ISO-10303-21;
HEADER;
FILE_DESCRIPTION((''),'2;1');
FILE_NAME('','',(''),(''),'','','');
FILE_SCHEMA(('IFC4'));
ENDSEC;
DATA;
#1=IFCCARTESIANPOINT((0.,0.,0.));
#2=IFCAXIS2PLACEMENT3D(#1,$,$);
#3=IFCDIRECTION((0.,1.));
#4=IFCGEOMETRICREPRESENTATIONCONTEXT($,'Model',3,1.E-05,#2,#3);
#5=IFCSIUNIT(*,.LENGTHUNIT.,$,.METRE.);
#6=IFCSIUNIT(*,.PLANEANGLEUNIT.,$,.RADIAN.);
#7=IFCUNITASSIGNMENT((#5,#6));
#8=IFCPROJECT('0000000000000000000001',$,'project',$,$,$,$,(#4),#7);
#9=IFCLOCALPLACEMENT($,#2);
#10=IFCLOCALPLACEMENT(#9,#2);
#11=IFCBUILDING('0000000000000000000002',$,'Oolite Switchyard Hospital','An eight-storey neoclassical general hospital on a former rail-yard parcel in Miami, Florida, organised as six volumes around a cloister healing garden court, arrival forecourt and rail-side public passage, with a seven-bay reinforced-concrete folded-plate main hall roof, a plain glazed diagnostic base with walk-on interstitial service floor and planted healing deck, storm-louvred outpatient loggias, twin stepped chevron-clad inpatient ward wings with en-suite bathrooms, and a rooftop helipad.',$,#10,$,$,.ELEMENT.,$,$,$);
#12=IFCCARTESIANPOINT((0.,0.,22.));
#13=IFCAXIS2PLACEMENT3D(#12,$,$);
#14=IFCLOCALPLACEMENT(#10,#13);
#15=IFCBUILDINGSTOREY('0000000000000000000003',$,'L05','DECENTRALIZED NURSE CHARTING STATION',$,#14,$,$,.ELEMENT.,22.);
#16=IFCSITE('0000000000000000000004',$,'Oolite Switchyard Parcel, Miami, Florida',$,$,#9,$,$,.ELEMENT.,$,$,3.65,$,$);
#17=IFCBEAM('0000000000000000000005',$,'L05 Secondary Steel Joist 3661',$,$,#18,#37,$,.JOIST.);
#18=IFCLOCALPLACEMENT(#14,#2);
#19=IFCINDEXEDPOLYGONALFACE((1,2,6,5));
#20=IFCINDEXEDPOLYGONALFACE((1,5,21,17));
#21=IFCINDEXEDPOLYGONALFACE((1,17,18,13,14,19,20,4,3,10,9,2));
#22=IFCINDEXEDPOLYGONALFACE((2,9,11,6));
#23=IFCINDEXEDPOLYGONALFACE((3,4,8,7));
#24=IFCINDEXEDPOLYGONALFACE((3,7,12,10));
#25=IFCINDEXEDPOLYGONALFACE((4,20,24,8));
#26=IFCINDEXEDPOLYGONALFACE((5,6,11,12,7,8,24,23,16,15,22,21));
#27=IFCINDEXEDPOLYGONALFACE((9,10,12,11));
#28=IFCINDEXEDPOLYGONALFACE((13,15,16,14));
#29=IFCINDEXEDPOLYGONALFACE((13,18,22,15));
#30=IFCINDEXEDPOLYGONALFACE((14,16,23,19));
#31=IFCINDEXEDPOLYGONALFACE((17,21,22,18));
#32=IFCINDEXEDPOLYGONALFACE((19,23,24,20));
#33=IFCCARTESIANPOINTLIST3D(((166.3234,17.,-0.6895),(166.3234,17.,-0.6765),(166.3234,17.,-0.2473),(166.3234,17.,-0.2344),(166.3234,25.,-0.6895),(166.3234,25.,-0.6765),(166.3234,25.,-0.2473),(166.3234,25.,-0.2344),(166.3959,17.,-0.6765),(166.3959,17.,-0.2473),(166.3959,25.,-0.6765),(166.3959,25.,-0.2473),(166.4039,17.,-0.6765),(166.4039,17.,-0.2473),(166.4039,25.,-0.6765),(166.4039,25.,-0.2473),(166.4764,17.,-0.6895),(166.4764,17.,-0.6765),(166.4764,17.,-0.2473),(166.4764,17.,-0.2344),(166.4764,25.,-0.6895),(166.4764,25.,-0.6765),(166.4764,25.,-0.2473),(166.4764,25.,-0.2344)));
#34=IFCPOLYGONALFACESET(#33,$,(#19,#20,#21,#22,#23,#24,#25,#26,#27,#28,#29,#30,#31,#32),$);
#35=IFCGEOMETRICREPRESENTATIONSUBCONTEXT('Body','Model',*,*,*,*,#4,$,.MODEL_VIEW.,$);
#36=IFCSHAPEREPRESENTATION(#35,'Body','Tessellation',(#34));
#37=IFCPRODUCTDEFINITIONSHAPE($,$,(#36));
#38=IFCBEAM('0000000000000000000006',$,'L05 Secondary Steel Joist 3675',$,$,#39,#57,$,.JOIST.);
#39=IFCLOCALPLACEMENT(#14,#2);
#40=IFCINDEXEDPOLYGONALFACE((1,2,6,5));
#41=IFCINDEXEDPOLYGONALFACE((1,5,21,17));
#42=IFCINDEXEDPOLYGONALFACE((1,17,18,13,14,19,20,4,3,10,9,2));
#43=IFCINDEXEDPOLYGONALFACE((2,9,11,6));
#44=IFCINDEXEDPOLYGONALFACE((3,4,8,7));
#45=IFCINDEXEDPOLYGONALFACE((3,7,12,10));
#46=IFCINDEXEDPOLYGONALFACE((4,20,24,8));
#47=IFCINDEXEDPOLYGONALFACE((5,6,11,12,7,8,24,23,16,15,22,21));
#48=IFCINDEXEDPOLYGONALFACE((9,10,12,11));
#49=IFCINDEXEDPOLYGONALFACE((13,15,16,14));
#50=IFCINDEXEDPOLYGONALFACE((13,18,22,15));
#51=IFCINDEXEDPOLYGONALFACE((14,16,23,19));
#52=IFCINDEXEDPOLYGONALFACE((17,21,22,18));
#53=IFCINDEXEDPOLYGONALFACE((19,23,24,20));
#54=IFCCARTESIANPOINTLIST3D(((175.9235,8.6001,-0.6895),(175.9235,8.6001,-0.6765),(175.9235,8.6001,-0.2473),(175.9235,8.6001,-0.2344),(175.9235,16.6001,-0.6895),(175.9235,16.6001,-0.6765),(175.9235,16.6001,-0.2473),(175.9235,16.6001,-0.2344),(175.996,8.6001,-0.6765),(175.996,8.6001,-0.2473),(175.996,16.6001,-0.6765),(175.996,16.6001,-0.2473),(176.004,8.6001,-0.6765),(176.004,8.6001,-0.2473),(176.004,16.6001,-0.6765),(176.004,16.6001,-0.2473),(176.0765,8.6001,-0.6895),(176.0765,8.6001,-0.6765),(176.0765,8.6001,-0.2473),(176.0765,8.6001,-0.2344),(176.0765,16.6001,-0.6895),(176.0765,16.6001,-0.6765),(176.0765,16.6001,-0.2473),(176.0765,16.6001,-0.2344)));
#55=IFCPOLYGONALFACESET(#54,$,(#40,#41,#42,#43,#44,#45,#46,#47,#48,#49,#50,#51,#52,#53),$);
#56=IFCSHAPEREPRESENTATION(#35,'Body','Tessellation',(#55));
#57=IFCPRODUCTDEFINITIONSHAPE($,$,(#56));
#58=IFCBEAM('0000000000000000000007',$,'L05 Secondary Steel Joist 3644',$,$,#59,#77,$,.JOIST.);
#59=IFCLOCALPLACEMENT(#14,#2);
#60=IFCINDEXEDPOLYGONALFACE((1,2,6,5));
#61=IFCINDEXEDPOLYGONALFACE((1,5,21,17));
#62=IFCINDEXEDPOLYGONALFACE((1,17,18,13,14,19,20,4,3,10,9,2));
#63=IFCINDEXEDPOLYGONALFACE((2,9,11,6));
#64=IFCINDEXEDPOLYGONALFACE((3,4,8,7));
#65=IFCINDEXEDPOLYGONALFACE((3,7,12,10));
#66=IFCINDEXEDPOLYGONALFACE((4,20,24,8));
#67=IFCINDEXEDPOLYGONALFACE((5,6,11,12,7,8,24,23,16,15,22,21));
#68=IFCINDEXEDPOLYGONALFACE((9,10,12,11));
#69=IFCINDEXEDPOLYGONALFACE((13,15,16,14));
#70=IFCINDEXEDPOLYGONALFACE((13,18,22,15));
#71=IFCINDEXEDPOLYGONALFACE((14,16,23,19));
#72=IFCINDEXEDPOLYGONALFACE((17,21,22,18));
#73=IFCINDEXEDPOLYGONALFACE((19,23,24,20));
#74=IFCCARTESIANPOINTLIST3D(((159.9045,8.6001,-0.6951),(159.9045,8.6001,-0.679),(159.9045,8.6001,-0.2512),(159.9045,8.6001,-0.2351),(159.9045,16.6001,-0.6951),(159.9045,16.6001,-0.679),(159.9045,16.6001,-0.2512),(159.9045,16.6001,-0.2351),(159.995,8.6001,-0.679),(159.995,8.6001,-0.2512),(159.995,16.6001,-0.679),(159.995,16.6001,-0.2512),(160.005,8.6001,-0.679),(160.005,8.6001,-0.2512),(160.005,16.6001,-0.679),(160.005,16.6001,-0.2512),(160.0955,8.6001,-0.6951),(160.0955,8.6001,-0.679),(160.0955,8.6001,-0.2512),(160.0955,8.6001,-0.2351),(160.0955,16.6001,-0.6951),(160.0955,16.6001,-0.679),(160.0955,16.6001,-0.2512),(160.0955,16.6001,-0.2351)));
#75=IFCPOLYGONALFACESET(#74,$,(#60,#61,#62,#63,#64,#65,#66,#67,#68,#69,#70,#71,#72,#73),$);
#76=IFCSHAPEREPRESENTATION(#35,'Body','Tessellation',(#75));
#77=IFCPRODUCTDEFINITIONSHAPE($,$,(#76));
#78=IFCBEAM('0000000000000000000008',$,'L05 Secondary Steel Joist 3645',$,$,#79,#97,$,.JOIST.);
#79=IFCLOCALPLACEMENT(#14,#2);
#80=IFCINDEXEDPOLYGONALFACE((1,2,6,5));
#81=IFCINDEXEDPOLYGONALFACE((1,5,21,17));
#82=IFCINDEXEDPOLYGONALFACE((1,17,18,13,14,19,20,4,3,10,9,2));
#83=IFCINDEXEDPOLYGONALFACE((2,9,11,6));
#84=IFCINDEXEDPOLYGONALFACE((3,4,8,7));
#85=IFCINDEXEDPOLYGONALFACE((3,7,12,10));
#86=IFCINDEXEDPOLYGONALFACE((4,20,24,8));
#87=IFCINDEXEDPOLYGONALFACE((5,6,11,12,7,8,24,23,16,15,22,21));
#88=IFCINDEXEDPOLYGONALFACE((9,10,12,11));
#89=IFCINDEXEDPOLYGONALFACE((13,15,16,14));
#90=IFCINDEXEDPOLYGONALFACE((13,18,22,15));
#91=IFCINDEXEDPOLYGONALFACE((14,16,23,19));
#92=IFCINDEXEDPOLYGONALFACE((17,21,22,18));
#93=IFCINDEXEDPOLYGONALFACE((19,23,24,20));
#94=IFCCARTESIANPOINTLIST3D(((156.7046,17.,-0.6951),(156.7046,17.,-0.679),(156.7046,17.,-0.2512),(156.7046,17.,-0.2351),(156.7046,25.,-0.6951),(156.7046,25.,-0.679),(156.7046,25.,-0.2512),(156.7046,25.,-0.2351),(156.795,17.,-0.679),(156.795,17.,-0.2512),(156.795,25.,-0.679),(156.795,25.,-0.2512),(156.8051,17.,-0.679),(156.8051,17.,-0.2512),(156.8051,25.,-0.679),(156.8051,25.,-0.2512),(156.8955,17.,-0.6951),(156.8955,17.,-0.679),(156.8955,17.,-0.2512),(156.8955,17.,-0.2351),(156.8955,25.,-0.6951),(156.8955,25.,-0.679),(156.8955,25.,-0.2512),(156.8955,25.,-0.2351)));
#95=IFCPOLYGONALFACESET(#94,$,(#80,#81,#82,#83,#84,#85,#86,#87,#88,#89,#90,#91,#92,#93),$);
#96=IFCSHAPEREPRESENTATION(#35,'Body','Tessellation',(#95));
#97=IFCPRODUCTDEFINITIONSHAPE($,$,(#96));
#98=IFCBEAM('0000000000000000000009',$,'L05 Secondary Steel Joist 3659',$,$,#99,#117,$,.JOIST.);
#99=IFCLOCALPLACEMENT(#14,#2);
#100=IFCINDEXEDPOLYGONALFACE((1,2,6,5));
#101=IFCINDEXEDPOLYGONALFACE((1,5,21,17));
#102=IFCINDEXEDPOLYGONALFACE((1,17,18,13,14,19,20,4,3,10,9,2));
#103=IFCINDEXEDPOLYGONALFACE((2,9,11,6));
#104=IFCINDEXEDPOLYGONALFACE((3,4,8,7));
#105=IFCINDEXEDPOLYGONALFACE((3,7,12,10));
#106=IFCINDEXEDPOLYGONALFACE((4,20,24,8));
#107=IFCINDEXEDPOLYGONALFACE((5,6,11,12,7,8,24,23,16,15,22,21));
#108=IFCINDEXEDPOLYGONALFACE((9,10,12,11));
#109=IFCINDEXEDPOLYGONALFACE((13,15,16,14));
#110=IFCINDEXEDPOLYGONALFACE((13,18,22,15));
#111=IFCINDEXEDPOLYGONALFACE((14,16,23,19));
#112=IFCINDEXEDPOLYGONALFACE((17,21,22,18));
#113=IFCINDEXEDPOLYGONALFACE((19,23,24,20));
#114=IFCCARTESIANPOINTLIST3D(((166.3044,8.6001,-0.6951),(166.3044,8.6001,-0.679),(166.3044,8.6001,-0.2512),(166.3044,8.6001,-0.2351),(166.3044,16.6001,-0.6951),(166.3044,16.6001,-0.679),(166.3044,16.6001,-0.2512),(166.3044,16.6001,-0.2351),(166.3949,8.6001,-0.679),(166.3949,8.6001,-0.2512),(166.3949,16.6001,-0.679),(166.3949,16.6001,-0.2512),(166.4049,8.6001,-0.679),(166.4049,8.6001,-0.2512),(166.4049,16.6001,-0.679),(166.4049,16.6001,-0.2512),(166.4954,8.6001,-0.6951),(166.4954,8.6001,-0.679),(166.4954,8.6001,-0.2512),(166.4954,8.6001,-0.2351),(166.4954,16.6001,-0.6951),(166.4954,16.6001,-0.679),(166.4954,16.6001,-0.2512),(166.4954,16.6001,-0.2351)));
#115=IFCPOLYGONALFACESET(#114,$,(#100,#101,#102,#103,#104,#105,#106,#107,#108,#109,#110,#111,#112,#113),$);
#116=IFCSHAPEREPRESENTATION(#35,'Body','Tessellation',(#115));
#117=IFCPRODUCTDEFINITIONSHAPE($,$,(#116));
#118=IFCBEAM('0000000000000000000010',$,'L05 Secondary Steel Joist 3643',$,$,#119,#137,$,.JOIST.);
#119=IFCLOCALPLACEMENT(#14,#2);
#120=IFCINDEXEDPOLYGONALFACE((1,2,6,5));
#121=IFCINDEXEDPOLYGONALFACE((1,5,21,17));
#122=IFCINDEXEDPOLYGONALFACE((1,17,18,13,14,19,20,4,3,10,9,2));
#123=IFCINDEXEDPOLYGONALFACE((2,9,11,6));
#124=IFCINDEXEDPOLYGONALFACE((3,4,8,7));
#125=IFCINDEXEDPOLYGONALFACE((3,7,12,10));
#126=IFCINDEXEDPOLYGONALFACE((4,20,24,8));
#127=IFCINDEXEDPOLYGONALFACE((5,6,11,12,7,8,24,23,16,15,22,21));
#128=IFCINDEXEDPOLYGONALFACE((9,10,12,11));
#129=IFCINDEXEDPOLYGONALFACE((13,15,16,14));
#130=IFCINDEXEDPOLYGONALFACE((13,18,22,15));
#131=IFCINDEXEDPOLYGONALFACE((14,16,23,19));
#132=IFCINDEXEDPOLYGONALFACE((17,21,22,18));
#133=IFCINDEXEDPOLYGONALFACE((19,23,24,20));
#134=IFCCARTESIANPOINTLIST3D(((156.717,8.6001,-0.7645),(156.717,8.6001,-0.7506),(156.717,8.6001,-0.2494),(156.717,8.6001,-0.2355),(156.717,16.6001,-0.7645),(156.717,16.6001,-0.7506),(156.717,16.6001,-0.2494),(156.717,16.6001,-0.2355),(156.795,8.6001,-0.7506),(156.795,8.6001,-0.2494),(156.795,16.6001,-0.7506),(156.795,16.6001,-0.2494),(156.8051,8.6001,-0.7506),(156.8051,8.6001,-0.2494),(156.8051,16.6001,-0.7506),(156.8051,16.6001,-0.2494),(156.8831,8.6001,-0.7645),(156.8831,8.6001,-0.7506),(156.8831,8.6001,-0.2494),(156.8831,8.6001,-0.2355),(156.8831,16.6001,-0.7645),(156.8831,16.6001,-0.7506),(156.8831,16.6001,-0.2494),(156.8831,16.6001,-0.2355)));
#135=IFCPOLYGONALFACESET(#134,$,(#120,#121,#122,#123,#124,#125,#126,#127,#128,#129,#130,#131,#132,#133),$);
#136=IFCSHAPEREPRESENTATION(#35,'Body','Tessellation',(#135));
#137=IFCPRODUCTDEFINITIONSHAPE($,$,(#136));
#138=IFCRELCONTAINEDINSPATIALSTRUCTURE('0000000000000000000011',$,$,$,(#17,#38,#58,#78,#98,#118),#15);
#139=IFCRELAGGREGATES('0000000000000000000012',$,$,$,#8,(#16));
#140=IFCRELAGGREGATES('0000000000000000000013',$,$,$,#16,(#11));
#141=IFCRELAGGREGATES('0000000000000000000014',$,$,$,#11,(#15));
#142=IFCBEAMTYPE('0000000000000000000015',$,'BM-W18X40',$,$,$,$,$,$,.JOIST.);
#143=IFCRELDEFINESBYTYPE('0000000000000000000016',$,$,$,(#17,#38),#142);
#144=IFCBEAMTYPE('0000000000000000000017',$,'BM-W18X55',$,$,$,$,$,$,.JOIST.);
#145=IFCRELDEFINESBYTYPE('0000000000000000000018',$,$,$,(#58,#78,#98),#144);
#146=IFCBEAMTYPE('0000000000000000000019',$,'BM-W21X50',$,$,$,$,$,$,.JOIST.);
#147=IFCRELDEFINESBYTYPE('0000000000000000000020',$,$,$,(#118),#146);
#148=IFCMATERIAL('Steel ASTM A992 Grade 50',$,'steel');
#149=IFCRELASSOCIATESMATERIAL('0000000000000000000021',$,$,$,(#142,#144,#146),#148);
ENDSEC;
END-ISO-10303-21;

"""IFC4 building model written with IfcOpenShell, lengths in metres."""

from ifc_helpers import new_model, si_unit, direction, frame, origin, origin_2d, place, context, subcontext, project, spatial, i_section, extrude, material, material_profile, profile_set, type_object, element, save


model = new_model("IFC4")

# Units and contexts
model_context = context("Model", 3, precision=1e-05, world=origin(), true_north=direction((0.0, 1.0)))
body_context = subcontext(model_context, "Body", "Model", "MODEL_VIEW")
ifc_project = project(units=[si_unit("LENGTHUNIT", "METRE"), si_unit("PLANEANGLEUNIT", "RADIAN")], contexts=[model_context])

# Site, building, storey
site_placement = place(None, origin())
site = spatial("IfcSite", under=ifc_project, at=site_placement, Name="Oolite Switchyard Parcel, Miami, Florida", CompositionType="ELEMENT", RefElevation=3.65)
building_placement = place(site_placement, origin())
building = spatial("IfcBuilding", under=site, at=building_placement, Name="Oolite Switchyard Hospital", Description="An eight-storey neoclassical general hospital on a former rail-yard parcel in Miami, Florida, organised as six volumes around a cloister healing garden court, arrival forecourt and rail-side public passage, with a seven-bay reinforced-concrete folded-plate main hall roof, a plain glazed diagnostic base with walk-on interstitial service floor and planted healing deck, storm-louvred outpatient loggias, twin stepped chevron-clad inpatient ward wings with en-suite bathrooms, and a rooftop helipad.", CompositionType="ELEMENT")
storey_placement = place(building_placement, frame((0.0, 0.0, 22.0)))
storey = spatial("IfcBuildingStorey", under=building, at=storey_placement, Name="L05", Description="DECENTRALIZED NURSE CHARTING STATION", CompositionType="ELEMENT", Elevation=22.0)

# Beams
ifc_material_1 = material(Name="Steel ASTM A992 Grade 50", Category="steel")
ifc_material_profile_1 = material_profile(ifc_material_1, i_section(OverallWidth=0.1531, OverallDepth=0.4551, WebThickness=0.0081, FlangeThickness=0.0129, at=origin_2d()), Name="W18X40")
ifc_profile_set_1 = profile_set([ifc_material_profile_1], Name="Steel ASTM A992 Grade 50")
beam_type_1 = type_object("IfcBeamType", Name="BM-W18X40", PredefinedType="JOIST", material=ifc_profile_set_1)
for number, where, z_axis, x_axis, name in (
    (1, (166.3999, 17.0, -0.4619), (0.0, 1.0, 0.0), (-1.0, 0.0, 0.0), "L05 Secondary Steel Joist 3661"),
    (2, (176.0, 8.6001, -0.4619), (0.0, 1.0, 0.0), (-1.0, 0.0, 0.0), "L05 Secondary Steel Joist 3675"),
):
    element("IfcBeam", number, at=place(storey_placement, frame(where, z_axis=z_axis, x_axis=x_axis)), inside=storey, type_object=beam_type_1, Name=name, PredefinedType="JOIST", context=body_context, shape_type="SweptSolid", body=[
        extrude(i_section(OverallWidth=0.1531, OverallDepth=0.4551, WebThickness=0.0081, FlangeThickness=0.0129, at=origin_2d()), origin(), (0.0, 0.0, 1.0), 8.0),
    ])
ifc_material_profile_2 = material_profile(ifc_material_1, i_section(OverallWidth=0.1909, OverallDepth=0.46, WebThickness=0.01, FlangeThickness=0.0161, at=origin_2d()), Name="W18X55")
ifc_profile_set_2 = profile_set([ifc_material_profile_2], Name="Steel ASTM A992 Grade 50")
beam_type_2 = type_object("IfcBeamType", Name="BM-W18X55", PredefinedType="JOIST", material=ifc_profile_set_2)
for number, where, z_axis, x_axis, name in (
    (3, (160.0, 8.6001, -0.4651), (0.0, 1.0, 0.0), (-1.0, 0.0, 0.0), "L05 Secondary Steel Joist 3644"),
    (4, (156.8, 17.0, -0.4651), (0.0, 1.0, 0.0), (-1.0, 0.0, 0.0), "L05 Secondary Steel Joist 3645"),
    (5, (166.3999, 8.6001, -0.4651), (0.0, 1.0, 0.0), (-1.0, 0.0, 0.0), "L05 Secondary Steel Joist 3659"),
):
    element("IfcBeam", number, at=place(storey_placement, frame(where, z_axis=z_axis, x_axis=x_axis)), inside=storey, type_object=beam_type_2, Name=name, PredefinedType="JOIST", context=body_context, shape_type="SweptSolid", body=[
        extrude(i_section(OverallWidth=0.1909, OverallDepth=0.46, WebThickness=0.01, FlangeThickness=0.0161, at=origin_2d()), origin(), (0.0, 0.0, 1.0), 8.0),
    ])
ifc_material_profile_3 = material_profile(ifc_material_1, i_section(OverallWidth=0.166, OverallDepth=0.5291, WebThickness=0.01, FlangeThickness=0.0139, at=origin_2d()), Name="W21X50")
ifc_profile_set_3 = profile_set([ifc_material_profile_3], Name="Steel ASTM A992 Grade 50")
beam_type_3 = type_object("IfcBeamType", Name="BM-W21X50", PredefinedType="JOIST", material=ifc_profile_set_3)
beam_1_placement = place(storey_placement, frame((156.8, 8.6001, -0.5), z_axis=(0.0, 1.0, 0.0), x_axis=(-1.0, 0.0, 0.0)))
element("IfcBeam", 6, at=beam_1_placement, inside=storey, type_object=beam_type_3, Name="L05 Secondary Steel Joist 3643", PredefinedType="JOIST", context=body_context, shape_type="SweptSolid", body=[
    extrude(i_section(OverallWidth=0.166, OverallDepth=0.5291, WebThickness=0.01, FlangeThickness=0.0139, at=origin_2d()), origin(), (0.0, 0.0, 1.0), 8.0),
])

save(model, "model.ifc")
